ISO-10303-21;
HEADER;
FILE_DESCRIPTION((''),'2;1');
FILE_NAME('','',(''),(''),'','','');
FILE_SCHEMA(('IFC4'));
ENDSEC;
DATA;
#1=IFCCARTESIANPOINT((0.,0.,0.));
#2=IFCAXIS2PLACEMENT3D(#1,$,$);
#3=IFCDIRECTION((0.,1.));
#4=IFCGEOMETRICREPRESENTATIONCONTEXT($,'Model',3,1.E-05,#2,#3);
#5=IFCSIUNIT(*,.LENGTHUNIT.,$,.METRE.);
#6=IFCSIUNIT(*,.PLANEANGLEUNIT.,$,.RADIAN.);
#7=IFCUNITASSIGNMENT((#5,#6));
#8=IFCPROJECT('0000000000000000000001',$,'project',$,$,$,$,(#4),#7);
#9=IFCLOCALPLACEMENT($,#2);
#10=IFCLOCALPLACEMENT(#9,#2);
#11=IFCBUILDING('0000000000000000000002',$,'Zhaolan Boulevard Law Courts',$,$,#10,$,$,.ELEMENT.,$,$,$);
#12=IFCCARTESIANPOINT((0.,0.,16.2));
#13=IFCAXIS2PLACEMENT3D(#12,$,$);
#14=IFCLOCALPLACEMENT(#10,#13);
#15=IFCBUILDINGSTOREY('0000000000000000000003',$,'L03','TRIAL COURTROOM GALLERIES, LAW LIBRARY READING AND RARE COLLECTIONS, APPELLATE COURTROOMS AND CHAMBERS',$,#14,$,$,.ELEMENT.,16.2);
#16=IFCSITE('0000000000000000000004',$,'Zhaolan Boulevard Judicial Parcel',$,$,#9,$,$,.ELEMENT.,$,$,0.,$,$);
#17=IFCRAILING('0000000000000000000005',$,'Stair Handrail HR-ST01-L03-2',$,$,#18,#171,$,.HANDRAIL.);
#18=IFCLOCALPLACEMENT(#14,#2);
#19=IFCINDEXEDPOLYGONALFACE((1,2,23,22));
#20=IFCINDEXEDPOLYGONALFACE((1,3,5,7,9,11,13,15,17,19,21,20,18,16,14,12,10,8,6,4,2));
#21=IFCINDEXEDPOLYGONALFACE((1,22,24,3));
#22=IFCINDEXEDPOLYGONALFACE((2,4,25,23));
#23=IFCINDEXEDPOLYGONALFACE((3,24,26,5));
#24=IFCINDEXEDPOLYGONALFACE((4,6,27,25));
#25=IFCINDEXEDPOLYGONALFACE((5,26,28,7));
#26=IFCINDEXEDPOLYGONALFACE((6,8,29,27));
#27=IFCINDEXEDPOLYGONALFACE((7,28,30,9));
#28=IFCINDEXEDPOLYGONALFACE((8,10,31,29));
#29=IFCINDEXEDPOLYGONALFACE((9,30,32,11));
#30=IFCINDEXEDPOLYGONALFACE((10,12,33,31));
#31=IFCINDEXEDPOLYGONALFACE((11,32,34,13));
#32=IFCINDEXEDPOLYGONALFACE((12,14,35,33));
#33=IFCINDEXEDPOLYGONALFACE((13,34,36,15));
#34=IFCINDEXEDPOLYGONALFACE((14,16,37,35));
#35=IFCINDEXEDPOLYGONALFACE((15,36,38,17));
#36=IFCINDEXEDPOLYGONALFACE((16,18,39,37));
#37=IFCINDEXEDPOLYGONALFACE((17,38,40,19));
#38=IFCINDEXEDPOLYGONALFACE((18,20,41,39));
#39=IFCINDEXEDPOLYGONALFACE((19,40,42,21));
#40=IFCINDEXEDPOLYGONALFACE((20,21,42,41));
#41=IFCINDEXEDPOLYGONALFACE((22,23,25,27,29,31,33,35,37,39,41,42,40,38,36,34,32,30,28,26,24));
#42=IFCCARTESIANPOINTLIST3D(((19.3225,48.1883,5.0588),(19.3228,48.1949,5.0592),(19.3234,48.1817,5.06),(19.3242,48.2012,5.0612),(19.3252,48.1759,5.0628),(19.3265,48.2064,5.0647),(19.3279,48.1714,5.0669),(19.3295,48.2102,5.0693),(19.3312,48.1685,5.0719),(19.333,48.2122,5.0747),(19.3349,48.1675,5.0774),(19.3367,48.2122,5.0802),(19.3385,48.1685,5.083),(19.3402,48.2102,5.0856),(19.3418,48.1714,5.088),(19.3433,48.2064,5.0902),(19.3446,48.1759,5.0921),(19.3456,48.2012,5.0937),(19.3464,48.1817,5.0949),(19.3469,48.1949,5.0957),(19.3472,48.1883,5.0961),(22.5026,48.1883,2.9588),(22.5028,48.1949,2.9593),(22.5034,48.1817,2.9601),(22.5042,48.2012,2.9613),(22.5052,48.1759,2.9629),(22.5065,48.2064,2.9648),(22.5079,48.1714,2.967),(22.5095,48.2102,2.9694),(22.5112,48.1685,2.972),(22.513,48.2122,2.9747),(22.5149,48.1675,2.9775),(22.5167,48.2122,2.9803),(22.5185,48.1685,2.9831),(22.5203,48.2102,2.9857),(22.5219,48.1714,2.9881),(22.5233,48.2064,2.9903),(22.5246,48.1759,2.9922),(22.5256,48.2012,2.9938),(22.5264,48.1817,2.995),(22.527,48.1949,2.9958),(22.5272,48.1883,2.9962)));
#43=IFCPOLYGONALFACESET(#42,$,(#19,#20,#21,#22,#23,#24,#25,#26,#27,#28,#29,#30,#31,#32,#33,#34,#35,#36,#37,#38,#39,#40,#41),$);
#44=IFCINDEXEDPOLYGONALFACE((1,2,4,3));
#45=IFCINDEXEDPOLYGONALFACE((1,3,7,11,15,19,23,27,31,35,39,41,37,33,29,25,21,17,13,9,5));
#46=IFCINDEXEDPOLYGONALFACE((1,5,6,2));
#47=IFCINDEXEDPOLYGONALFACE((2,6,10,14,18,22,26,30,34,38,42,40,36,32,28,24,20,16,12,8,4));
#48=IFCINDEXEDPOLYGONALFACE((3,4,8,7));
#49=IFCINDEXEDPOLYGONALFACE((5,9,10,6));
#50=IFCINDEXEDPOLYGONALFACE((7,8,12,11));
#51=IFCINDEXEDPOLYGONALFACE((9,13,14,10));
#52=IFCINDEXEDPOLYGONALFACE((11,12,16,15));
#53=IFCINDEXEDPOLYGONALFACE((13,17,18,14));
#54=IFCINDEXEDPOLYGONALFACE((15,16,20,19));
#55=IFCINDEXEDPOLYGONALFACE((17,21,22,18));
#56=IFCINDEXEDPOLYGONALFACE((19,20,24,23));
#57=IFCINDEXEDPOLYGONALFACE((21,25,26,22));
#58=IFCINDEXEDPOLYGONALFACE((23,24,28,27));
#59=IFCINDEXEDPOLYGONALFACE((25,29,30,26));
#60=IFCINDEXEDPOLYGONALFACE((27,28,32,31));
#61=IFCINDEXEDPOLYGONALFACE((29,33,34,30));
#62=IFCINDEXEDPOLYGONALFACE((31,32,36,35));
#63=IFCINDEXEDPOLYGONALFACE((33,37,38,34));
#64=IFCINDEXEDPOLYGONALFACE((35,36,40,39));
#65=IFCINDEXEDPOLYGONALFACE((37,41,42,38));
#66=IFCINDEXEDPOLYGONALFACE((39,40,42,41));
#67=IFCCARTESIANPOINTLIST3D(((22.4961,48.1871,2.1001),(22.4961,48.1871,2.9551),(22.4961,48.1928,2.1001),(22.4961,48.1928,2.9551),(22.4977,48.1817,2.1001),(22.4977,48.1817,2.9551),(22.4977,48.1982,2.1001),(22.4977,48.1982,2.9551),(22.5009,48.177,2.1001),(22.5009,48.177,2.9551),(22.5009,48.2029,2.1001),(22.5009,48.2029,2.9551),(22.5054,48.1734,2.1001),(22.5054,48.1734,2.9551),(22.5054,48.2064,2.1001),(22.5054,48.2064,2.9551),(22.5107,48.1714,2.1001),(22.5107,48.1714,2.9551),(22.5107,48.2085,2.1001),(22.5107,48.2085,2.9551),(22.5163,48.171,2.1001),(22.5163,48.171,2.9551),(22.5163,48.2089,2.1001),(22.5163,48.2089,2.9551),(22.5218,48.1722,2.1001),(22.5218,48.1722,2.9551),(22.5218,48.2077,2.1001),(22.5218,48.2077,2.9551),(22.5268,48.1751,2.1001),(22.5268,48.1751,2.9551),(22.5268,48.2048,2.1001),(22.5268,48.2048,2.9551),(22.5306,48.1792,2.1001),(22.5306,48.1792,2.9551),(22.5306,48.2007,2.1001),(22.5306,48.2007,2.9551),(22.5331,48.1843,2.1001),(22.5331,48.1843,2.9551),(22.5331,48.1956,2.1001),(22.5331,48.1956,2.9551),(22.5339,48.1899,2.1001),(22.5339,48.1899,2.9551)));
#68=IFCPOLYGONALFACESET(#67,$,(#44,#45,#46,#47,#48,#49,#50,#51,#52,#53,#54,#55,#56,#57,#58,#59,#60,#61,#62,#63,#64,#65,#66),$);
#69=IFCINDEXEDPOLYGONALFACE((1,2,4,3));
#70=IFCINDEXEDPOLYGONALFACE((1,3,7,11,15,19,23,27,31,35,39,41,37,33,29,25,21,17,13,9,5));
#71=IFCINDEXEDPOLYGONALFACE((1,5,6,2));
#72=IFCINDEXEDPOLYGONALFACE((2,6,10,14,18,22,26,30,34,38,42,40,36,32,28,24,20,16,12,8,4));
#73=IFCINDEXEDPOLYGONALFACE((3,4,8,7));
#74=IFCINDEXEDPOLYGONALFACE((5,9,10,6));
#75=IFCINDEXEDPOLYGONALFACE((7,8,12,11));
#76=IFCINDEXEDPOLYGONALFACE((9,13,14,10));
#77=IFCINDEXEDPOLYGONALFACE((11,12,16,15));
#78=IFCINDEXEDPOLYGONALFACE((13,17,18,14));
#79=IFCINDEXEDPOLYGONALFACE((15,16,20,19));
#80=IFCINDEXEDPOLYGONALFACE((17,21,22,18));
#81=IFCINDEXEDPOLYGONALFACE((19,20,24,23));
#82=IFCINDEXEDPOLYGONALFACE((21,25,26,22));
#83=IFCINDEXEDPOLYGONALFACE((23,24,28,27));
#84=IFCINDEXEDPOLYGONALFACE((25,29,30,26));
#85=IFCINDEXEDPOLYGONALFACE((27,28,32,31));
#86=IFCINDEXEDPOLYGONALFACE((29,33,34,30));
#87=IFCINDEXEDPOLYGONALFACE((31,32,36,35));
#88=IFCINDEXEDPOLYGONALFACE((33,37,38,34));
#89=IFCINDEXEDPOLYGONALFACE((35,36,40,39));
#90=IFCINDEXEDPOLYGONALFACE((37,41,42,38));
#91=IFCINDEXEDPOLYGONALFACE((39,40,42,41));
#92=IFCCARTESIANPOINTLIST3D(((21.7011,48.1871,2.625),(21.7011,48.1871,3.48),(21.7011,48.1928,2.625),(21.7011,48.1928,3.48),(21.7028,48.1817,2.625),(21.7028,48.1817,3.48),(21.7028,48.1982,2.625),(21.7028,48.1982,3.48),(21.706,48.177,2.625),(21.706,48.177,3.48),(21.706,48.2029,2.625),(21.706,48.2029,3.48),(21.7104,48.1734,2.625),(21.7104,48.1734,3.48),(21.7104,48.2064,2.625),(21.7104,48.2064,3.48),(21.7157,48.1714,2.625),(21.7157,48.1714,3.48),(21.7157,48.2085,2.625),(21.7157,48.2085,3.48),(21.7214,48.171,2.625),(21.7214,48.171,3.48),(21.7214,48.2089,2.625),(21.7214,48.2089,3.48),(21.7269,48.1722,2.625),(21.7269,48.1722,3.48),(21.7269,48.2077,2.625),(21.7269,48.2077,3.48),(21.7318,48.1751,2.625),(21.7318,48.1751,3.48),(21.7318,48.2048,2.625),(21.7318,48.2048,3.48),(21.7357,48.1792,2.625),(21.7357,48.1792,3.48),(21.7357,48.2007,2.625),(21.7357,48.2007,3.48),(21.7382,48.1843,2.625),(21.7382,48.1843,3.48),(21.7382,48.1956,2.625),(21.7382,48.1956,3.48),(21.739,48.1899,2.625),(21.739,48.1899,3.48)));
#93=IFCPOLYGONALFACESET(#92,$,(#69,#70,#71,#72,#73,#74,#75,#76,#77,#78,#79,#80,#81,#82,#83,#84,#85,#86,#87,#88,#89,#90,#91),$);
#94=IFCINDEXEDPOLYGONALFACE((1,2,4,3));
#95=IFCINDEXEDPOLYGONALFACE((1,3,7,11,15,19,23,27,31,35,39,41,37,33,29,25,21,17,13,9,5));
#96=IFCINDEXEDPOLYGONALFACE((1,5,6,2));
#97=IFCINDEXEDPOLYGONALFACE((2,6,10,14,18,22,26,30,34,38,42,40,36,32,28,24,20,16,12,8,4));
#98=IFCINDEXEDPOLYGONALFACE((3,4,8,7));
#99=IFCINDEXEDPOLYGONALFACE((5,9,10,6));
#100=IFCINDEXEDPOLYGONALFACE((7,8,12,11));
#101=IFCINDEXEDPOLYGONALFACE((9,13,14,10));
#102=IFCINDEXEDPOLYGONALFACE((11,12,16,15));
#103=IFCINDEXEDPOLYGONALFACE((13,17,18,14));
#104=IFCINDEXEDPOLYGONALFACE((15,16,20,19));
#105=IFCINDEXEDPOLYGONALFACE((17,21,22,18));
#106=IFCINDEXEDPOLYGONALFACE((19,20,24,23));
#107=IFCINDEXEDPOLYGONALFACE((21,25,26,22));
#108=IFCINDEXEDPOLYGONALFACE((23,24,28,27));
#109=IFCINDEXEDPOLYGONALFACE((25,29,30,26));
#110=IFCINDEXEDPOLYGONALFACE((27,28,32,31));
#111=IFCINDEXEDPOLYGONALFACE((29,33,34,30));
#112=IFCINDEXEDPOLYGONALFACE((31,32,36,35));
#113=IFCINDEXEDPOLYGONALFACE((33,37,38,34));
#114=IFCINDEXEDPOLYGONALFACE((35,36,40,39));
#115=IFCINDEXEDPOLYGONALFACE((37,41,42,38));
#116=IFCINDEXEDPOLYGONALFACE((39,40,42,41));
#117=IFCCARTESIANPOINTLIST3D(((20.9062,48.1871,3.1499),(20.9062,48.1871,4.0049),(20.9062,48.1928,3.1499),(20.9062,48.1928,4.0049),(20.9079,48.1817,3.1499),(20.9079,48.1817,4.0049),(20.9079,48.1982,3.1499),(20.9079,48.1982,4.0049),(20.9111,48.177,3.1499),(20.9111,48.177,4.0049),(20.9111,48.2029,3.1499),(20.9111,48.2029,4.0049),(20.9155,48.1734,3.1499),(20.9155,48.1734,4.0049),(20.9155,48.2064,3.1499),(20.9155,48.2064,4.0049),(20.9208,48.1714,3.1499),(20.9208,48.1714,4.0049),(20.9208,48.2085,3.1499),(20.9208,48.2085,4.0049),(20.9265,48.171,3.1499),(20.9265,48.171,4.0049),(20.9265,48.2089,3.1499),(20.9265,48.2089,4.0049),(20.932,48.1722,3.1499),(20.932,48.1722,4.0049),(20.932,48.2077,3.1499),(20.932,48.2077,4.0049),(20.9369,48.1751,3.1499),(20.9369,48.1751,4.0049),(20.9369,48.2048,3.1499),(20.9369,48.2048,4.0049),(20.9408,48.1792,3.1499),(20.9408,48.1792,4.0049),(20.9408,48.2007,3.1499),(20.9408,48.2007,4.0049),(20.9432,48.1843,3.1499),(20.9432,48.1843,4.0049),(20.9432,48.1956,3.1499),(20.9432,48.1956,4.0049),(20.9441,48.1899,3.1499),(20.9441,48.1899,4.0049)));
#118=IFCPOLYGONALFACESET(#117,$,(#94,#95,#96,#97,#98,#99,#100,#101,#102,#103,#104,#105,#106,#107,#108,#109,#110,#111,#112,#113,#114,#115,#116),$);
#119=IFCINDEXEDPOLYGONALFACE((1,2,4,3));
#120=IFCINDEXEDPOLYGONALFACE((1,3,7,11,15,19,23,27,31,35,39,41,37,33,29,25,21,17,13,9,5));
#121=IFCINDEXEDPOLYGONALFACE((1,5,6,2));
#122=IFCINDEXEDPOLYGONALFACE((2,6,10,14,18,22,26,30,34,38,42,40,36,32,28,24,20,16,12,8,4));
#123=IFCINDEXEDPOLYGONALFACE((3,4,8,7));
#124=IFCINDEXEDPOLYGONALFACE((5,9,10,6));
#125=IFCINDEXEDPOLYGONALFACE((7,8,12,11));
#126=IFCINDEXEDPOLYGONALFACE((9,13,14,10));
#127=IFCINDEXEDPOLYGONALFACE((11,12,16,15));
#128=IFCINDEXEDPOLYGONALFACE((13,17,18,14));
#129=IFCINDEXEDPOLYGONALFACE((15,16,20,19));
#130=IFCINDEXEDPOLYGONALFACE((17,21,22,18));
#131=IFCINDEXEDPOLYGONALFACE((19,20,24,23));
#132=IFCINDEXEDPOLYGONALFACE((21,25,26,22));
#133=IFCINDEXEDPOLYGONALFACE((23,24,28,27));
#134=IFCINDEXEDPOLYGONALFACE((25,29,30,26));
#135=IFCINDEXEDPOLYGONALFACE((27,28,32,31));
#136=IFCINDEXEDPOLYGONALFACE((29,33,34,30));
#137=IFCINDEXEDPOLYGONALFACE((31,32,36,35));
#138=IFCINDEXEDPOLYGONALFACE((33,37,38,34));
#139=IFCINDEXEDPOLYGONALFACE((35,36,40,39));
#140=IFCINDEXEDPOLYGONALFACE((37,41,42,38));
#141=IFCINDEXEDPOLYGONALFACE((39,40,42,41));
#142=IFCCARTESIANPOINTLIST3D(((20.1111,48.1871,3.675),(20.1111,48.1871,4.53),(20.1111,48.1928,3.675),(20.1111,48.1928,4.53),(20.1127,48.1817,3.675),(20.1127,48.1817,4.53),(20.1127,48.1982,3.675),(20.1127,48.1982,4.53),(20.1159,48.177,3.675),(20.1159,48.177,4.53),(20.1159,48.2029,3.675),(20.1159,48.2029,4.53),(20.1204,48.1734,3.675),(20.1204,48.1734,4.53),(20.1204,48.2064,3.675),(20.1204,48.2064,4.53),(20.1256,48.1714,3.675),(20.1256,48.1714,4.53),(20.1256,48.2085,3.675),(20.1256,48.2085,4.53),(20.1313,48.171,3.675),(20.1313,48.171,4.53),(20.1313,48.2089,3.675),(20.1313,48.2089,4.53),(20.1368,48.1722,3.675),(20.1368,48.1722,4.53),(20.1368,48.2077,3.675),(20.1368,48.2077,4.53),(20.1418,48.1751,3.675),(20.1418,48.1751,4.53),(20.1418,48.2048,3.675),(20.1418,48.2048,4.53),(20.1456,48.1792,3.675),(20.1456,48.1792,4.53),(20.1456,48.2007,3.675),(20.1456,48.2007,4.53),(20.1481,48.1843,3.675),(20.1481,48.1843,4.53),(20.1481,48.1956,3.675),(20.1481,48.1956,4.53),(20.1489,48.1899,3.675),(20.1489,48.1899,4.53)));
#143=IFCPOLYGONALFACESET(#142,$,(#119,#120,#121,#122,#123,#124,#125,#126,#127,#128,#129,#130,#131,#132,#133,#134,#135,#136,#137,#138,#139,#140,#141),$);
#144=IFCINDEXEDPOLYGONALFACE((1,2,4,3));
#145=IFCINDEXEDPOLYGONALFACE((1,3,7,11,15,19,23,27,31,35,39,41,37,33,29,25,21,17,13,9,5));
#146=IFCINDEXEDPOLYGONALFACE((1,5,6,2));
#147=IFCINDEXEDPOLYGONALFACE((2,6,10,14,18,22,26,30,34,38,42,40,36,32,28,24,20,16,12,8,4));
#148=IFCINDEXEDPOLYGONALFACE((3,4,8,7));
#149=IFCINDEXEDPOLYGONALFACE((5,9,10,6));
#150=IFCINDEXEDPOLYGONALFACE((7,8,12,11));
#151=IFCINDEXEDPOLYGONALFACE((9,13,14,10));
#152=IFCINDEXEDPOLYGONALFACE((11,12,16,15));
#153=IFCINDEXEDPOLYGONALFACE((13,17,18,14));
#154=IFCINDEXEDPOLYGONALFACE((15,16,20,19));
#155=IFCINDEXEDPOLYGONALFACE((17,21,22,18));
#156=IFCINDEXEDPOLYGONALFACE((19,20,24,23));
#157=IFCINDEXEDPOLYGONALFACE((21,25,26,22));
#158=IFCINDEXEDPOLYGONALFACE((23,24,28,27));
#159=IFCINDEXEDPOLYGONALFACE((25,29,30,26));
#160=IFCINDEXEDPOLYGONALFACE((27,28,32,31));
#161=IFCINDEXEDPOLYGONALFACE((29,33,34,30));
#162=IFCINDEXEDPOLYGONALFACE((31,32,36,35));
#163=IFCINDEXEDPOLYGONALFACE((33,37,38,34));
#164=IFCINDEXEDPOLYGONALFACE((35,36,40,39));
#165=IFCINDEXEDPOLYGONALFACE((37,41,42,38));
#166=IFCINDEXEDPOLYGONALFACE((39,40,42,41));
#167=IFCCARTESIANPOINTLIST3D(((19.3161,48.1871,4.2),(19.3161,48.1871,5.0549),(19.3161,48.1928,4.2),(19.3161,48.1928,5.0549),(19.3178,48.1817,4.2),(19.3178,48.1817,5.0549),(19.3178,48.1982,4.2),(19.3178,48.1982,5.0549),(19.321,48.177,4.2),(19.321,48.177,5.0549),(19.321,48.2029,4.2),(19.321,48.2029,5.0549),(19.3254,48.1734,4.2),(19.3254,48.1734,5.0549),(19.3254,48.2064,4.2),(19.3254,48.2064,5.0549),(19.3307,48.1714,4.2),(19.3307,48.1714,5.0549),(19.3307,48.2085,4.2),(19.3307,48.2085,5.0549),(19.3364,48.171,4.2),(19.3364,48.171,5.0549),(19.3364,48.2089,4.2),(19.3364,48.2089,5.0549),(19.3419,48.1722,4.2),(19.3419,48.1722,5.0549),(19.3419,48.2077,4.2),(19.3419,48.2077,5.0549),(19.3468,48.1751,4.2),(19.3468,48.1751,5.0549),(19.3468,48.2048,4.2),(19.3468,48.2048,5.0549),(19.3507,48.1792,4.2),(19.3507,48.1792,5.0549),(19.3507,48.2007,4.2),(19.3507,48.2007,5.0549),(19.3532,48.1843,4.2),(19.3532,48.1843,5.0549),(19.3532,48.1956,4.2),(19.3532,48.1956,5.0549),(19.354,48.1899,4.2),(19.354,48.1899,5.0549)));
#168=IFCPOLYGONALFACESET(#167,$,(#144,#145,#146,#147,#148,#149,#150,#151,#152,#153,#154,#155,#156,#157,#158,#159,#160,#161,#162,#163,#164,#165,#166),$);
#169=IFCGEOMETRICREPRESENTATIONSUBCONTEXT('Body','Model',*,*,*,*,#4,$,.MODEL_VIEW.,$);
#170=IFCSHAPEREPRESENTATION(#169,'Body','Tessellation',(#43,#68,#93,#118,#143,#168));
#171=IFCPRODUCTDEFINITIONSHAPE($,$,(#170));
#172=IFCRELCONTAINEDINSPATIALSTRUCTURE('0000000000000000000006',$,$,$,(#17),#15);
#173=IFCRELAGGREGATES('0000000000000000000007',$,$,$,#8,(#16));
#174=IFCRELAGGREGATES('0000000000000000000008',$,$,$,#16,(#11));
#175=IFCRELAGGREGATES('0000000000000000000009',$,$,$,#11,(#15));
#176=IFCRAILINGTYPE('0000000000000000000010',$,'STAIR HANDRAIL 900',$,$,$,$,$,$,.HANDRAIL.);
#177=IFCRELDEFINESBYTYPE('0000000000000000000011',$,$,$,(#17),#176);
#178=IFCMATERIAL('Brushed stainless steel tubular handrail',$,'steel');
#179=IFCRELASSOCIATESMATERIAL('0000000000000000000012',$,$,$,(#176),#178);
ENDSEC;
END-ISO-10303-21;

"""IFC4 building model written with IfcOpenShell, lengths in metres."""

from ifc_helpers import new_model, si_unit, direction, frame, origin, origin_2d, place, context, subcontext, project, spatial, circle, extrude, material, type_object, element, save


model = new_model("IFC4")

# Units and contexts
model_context = context("Model", 3, precision=1e-05, world=origin(), true_north=direction((0.0, 1.0)))
body_context = subcontext(model_context, "Body", "Model", "MODEL_VIEW")
ifc_project = project(units=[si_unit("LENGTHUNIT", "METRE"), si_unit("PLANEANGLEUNIT", "RADIAN")], contexts=[model_context])

# Site, building, storey
site_placement = place(None, origin())
site = spatial("IfcSite", under=ifc_project, at=site_placement, Name="Zhaolan Boulevard Judicial Parcel", CompositionType="ELEMENT", RefElevation=0.0)
building_placement = place(site_placement, origin())
building = spatial("IfcBuilding", under=site, at=building_placement, Name="Zhaolan Boulevard Law Courts", CompositionType="ELEMENT")
storey_placement = place(building_placement, frame((0.0, 0.0, 16.2)))
storey = spatial("IfcBuildingStorey", under=building, at=storey_placement, Name="L03", Description="TRIAL COURTROOM GALLERIES, LAW LIBRARY READING AND RARE COLLECTIONS, APPELLATE COURTROOMS AND CHAMBERS", CompositionType="ELEMENT", Elevation=16.2)

# Railing
ifc_material_1 = material(Name="Brushed stainless steel tubular handrail", Category="steel")
railing_type_1 = type_object("IfcRailingType", Name="STAIR HANDRAIL 900", PredefinedType="HANDRAIL", material=ifc_material_1)
railing_1_placement = place(storey_placement, frame((22.5149, 48.1899, 2.1001)))
element("IfcRailing", 1, at=railing_1_placement, inside=storey, type_object=railing_type_1, Name="Stair Handrail HR-ST01-L03-2", PredefinedType="HANDRAIL", context=body_context, shape_type="SweptSolid", body=[
    extrude(circle(Radius=0.0225, at=origin_2d()), frame((0.0, 0.0, 0.8774), z_axis=(-0.834477, 0.0, 0.551043), x_axis=(0.0, -1.0, 0.0)), (0.0, 0.0, 1.0), 3.8108),
    extrude(circle(Radius=0.019, at=origin_2d()), origin(), (0.0, 0.0, 1.0), 0.855),
    extrude(circle(Radius=0.019, at=origin_2d()), frame((-0.7949, 0.0, 0.5249)), (0.0, 0.0, 1.0), 0.855),
    extrude(circle(Radius=0.019, at=origin_2d()), frame((-1.5898, 0.0, 1.0498)), (0.0, 0.0, 1.0), 0.855),
    extrude(circle(Radius=0.019, at=origin_2d()), frame((-2.385, 0.0, 1.575)), (0.0, 0.0, 1.0), 0.855),
    extrude(circle(Radius=0.019, at=origin_2d()), frame((-3.1799, 0.0, 2.0999)), (0.0, 0.0, 1.0), 0.855),
])

save(model, "model.ifc")
